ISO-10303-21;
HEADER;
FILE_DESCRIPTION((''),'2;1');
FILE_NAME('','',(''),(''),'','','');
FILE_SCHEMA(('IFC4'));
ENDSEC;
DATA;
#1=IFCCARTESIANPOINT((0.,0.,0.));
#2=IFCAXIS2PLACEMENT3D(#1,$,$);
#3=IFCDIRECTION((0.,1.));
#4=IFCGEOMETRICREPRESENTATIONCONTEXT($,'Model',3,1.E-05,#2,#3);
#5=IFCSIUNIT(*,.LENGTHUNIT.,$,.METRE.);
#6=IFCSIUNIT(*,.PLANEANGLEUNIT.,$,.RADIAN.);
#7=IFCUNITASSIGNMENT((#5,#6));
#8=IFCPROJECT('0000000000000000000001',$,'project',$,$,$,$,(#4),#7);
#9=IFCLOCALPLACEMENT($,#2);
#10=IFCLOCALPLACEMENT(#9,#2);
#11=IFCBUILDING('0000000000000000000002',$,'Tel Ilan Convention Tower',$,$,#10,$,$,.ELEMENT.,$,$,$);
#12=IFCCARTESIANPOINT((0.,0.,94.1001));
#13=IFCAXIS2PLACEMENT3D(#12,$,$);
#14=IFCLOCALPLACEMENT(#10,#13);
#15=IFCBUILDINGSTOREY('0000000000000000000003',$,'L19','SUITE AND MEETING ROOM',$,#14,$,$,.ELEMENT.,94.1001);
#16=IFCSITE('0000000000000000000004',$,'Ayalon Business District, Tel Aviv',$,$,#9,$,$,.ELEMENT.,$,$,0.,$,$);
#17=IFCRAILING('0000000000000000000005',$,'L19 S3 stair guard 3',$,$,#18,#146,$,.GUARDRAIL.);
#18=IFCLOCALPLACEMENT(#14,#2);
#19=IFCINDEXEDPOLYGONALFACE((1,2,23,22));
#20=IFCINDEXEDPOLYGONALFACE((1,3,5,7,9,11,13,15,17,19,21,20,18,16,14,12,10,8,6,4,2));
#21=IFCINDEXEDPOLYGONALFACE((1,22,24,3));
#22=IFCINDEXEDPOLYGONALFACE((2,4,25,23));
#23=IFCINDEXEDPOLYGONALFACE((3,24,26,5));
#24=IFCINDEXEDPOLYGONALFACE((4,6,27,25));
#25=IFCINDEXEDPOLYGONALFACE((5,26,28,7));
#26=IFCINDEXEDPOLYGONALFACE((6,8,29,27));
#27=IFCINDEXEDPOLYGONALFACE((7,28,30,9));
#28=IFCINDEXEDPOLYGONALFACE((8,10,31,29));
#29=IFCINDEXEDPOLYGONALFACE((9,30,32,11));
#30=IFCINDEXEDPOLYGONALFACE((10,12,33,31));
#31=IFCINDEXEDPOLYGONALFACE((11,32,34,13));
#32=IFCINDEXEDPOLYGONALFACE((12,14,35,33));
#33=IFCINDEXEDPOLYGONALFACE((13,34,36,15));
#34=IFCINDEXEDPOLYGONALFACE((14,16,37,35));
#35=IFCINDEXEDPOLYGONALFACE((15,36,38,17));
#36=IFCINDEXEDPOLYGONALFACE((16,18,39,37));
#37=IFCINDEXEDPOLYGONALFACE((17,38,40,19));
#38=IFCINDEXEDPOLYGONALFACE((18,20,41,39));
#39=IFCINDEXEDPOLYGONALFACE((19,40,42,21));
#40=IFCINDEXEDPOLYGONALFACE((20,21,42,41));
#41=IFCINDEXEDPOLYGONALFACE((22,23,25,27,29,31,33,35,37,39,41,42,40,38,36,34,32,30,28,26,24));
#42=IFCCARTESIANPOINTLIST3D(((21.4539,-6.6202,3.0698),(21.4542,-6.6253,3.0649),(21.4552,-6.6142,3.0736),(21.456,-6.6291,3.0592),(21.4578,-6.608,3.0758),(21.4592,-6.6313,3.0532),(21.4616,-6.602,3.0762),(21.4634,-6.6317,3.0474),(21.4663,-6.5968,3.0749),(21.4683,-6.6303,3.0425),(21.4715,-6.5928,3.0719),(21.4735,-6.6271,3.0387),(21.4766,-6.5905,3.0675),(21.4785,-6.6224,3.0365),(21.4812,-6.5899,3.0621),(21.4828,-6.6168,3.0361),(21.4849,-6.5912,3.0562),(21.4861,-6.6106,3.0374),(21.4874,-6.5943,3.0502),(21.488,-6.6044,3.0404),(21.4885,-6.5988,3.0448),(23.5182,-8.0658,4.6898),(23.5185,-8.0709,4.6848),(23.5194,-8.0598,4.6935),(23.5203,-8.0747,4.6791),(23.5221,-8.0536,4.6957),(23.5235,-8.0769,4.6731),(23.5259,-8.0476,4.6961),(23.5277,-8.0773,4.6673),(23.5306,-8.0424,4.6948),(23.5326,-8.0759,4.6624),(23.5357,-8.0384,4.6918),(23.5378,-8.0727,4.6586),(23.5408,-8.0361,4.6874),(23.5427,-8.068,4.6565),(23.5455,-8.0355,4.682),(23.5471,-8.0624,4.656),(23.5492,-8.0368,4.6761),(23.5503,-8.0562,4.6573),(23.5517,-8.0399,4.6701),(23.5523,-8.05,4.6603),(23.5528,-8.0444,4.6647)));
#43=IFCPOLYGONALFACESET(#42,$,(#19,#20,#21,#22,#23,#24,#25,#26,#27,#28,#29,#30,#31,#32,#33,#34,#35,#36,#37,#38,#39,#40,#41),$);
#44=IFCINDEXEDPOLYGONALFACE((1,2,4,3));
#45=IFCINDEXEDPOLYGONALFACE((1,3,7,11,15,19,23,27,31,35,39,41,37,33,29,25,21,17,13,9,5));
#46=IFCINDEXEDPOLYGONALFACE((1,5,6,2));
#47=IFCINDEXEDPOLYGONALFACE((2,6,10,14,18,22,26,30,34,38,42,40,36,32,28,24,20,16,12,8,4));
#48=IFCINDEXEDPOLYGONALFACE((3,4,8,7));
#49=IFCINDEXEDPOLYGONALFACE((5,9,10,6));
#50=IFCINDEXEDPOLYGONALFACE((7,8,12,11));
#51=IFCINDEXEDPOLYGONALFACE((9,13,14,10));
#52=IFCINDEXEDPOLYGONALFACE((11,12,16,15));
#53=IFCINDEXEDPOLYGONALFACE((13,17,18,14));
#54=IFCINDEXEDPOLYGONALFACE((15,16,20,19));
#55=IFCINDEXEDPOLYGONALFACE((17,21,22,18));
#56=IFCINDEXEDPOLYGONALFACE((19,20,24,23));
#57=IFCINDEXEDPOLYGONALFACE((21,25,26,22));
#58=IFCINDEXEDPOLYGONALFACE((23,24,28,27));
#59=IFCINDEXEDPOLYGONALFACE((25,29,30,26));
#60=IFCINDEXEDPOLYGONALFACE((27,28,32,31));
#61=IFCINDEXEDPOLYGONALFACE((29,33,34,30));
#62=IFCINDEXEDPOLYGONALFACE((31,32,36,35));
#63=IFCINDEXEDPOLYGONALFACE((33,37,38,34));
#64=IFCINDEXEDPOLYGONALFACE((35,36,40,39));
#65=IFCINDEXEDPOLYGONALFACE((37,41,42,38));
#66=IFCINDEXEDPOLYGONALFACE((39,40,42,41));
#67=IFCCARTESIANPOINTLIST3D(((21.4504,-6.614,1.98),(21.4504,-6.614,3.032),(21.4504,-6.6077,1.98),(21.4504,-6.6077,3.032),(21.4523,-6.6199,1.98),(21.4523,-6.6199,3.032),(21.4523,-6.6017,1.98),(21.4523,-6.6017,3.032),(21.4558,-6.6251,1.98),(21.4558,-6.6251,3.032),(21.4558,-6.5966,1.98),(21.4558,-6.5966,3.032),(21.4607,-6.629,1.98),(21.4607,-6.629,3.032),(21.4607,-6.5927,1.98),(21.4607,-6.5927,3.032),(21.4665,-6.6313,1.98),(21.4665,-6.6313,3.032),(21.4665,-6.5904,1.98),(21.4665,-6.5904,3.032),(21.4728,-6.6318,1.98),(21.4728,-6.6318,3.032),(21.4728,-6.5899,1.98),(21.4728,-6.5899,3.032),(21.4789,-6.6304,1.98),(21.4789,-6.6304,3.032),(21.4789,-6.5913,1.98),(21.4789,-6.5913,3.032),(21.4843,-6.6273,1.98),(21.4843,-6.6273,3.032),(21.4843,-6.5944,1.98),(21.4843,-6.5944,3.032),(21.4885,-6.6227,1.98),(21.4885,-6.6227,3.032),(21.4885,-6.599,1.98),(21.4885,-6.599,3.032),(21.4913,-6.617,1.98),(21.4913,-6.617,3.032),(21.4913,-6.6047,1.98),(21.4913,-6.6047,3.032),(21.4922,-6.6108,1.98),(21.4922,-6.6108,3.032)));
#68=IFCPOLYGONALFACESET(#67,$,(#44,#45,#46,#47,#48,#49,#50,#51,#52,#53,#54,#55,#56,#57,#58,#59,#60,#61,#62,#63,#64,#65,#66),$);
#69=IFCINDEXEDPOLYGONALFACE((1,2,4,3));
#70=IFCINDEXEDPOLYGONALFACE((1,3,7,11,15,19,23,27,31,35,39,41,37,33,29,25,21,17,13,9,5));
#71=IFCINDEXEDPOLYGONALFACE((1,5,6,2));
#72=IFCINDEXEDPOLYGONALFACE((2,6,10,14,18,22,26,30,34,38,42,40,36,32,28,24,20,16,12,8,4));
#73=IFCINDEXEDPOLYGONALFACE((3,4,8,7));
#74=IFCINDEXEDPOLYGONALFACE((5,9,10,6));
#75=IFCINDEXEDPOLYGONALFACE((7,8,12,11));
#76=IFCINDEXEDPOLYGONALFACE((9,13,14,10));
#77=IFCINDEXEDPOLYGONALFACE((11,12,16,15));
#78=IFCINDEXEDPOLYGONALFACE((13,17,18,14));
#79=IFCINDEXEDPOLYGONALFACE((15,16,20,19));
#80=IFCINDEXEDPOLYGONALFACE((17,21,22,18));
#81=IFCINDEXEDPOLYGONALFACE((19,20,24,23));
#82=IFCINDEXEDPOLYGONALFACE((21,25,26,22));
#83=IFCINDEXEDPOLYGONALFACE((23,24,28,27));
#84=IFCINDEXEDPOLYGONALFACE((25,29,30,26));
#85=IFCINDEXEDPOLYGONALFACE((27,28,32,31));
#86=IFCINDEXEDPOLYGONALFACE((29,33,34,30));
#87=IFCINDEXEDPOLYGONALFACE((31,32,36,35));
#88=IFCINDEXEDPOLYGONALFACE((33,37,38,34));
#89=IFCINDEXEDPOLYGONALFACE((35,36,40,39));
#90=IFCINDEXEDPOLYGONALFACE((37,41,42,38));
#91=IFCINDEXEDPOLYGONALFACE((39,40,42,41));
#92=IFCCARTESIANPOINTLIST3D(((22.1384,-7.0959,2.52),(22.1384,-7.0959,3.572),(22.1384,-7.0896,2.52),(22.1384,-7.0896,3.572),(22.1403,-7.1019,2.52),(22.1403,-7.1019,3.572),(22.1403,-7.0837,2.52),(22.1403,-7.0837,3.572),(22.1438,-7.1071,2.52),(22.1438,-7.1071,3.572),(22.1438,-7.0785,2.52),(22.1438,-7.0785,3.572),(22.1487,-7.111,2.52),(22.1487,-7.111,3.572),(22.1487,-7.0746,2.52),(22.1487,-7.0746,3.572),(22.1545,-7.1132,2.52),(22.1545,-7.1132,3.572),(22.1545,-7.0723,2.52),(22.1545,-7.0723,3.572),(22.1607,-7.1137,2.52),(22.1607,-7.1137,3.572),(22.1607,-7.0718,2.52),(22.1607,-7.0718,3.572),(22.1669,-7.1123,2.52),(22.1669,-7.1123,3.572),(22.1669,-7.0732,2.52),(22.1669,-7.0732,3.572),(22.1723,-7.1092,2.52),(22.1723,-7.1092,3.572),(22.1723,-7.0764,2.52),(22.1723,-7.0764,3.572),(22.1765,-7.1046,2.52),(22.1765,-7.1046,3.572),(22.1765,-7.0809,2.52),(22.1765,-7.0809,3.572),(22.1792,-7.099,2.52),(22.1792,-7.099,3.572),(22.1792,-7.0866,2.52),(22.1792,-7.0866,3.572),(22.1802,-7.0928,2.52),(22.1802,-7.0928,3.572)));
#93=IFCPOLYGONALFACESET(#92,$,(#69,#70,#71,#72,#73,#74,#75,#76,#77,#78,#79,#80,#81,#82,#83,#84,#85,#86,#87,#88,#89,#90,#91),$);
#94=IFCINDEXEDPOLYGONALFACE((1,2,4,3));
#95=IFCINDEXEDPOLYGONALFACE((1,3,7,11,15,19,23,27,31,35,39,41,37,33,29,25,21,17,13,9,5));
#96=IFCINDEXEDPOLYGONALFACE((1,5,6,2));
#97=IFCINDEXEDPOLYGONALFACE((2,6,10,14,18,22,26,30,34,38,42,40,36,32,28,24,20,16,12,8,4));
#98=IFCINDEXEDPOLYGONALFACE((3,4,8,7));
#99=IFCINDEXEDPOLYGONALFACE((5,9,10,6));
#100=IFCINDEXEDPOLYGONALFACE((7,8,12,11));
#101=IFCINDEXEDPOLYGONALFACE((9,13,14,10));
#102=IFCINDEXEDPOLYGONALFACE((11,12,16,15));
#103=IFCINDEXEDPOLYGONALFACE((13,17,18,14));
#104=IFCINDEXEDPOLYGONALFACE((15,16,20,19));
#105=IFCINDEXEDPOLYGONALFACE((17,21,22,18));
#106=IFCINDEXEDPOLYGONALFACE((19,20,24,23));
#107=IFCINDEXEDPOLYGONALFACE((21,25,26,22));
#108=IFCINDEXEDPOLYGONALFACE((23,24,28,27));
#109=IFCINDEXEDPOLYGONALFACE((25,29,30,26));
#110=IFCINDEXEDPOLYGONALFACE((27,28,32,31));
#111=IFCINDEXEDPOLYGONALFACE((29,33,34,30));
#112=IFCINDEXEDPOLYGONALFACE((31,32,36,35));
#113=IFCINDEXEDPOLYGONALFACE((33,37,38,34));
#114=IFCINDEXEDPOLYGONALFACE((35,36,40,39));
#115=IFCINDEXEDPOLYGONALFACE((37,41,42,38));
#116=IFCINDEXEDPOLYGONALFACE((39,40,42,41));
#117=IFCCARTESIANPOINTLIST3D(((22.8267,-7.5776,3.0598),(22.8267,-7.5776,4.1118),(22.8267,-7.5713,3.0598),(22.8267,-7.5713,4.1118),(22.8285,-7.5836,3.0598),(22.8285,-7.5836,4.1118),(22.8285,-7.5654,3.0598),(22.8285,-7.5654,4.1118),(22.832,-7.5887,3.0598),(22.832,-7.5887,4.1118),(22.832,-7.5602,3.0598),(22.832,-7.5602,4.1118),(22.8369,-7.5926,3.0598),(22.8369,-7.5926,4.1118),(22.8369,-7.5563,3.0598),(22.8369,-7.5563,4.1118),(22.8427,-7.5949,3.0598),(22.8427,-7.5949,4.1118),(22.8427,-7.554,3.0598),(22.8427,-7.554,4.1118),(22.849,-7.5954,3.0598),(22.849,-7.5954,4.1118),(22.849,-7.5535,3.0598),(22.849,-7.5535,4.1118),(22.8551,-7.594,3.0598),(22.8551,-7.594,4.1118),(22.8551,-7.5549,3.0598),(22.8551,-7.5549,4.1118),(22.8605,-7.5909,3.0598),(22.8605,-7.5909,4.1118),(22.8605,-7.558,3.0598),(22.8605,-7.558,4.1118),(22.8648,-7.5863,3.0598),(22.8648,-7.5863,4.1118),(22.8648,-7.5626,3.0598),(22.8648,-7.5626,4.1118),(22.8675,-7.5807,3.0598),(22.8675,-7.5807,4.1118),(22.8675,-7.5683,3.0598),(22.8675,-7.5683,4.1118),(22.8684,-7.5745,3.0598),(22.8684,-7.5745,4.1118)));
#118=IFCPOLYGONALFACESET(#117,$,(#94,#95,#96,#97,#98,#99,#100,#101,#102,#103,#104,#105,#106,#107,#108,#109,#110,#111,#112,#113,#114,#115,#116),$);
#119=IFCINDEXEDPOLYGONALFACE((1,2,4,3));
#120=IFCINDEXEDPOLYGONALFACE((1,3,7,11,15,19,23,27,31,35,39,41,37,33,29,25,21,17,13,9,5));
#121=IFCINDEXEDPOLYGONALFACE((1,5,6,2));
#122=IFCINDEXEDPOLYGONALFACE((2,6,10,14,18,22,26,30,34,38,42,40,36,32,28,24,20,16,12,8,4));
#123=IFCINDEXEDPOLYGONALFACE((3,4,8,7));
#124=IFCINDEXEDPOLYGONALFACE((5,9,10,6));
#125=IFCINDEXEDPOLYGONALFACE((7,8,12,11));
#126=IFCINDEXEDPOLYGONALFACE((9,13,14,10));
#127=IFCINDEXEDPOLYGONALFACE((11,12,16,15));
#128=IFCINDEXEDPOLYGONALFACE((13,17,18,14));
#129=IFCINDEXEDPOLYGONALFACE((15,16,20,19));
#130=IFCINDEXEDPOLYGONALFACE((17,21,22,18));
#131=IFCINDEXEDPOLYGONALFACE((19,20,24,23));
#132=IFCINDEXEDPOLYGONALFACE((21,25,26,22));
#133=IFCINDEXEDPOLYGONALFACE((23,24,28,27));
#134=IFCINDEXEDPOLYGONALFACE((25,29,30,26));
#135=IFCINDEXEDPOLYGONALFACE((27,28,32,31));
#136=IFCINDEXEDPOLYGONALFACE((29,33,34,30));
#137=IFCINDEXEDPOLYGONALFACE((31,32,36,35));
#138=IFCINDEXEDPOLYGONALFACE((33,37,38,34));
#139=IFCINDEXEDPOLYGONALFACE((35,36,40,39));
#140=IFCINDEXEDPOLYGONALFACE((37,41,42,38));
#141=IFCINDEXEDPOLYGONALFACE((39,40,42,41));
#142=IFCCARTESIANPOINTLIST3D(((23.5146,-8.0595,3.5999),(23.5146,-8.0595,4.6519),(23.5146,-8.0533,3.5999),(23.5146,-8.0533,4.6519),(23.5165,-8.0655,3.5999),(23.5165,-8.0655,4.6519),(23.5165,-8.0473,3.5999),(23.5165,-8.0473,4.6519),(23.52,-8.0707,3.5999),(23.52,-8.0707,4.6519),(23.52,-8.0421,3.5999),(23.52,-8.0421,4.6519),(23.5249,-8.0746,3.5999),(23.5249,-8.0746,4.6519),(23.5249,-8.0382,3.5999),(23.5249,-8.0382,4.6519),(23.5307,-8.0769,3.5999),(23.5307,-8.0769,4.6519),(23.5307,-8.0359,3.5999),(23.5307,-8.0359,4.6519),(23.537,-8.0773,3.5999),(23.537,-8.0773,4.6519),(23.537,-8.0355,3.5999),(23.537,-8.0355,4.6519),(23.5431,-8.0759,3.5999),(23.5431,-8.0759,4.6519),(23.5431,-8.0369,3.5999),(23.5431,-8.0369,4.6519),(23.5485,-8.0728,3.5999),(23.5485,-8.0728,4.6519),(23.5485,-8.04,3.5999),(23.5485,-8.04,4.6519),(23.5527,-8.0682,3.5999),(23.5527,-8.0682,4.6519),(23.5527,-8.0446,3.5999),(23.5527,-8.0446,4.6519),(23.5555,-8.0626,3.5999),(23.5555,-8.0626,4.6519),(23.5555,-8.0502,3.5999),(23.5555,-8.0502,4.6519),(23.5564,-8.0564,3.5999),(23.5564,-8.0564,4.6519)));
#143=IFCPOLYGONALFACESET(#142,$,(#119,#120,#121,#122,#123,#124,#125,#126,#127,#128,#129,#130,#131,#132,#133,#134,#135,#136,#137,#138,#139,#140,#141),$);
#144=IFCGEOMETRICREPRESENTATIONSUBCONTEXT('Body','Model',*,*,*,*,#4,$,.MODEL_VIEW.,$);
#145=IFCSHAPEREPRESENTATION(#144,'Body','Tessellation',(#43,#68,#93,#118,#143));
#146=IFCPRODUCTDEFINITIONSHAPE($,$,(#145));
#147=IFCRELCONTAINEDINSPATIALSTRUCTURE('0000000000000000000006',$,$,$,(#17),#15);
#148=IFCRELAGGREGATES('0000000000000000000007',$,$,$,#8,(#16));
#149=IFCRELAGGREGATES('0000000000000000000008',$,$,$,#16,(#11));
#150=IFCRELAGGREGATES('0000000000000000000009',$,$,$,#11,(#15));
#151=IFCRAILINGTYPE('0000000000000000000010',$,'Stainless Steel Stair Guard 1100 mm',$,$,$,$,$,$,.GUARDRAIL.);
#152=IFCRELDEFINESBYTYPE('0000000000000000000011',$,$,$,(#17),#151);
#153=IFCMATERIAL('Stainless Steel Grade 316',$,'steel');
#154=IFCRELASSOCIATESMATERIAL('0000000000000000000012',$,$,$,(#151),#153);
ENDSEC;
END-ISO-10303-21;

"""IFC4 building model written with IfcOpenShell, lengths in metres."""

from ifc_helpers import new_model, si_unit, direction, frame, origin, origin_2d, place, context, subcontext, project, spatial, circle, extrude, material, type_object, element, save


model = new_model("IFC4")

# Units and contexts
model_context = context("Model", 3, precision=1e-05, world=origin(), true_north=direction((0.0, 1.0)))
body_context = subcontext(model_context, "Body", "Model", "MODEL_VIEW")
ifc_project = project(units=[si_unit("LENGTHUNIT", "METRE"), si_unit("PLANEANGLEUNIT", "RADIAN")], contexts=[model_context])

# Site, building, storey
site_placement = place(None, origin())
site = spatial("IfcSite", under=ifc_project, at=site_placement, Name="Ayalon Business District, Tel Aviv", CompositionType="ELEMENT", RefElevation=0.0)
building_placement = place(site_placement, origin())
building = spatial("IfcBuilding", under=site, at=building_placement, Name="Tel Ilan Convention Tower", CompositionType="ELEMENT")
storey_placement = place(building_placement, frame((0.0, 0.0, 94.1001)))
storey = spatial("IfcBuildingStorey", under=building, at=storey_placement, Name="L19", Description="SUITE AND MEETING ROOM", CompositionType="ELEMENT", Elevation=94.1001)

# Railing
ifc_material_1 = material(Name="Stainless Steel Grade 316", Category="steel")
railing_type_1 = type_object("IfcRailingType", Name="Stainless Steel Stair Guard 1100 mm", PredefinedType="GUARDRAIL", material=ifc_material_1)
railing_1_placement = place(storey_placement, frame((21.4712, -6.6108, 1.98)))
element("IfcRailing", 1, at=railing_1_placement, inside=storey, type_object=railing_type_1, Name="L19 S3 stair guard 3", PredefinedType="GUARDRAIL", context=body_context, shape_type="SweptSolid", body=[
    extrude(circle(Radius=0.0239, at=origin_2d()), frame((0.0, 0.0, 1.0762), z_axis=(0.689043, -0.482534, 0.540722), x_axis=(0.573625, 0.819118, 0.0)), (0.0, 0.0, 1.0), 2.9958),
    extrude(circle(Radius=0.021, at=origin_2d()), origin(), (0.0, 0.0, 1.0), 1.052),
    extrude(circle(Radius=0.021, at=origin_2d()), frame((0.688, -0.4819, 0.54)), (0.0, 0.0, 1.0), 1.052),
    extrude(circle(Radius=0.021, at=origin_2d()), frame((1.3762, -0.9636, 1.0798)), (0.0, 0.0, 1.0), 1.052),
    extrude(circle(Radius=0.021, at=origin_2d()), frame((2.0642, -1.4456, 1.6199)), (0.0, 0.0, 1.0), 1.052),
])

save(model, "model.ifc")
